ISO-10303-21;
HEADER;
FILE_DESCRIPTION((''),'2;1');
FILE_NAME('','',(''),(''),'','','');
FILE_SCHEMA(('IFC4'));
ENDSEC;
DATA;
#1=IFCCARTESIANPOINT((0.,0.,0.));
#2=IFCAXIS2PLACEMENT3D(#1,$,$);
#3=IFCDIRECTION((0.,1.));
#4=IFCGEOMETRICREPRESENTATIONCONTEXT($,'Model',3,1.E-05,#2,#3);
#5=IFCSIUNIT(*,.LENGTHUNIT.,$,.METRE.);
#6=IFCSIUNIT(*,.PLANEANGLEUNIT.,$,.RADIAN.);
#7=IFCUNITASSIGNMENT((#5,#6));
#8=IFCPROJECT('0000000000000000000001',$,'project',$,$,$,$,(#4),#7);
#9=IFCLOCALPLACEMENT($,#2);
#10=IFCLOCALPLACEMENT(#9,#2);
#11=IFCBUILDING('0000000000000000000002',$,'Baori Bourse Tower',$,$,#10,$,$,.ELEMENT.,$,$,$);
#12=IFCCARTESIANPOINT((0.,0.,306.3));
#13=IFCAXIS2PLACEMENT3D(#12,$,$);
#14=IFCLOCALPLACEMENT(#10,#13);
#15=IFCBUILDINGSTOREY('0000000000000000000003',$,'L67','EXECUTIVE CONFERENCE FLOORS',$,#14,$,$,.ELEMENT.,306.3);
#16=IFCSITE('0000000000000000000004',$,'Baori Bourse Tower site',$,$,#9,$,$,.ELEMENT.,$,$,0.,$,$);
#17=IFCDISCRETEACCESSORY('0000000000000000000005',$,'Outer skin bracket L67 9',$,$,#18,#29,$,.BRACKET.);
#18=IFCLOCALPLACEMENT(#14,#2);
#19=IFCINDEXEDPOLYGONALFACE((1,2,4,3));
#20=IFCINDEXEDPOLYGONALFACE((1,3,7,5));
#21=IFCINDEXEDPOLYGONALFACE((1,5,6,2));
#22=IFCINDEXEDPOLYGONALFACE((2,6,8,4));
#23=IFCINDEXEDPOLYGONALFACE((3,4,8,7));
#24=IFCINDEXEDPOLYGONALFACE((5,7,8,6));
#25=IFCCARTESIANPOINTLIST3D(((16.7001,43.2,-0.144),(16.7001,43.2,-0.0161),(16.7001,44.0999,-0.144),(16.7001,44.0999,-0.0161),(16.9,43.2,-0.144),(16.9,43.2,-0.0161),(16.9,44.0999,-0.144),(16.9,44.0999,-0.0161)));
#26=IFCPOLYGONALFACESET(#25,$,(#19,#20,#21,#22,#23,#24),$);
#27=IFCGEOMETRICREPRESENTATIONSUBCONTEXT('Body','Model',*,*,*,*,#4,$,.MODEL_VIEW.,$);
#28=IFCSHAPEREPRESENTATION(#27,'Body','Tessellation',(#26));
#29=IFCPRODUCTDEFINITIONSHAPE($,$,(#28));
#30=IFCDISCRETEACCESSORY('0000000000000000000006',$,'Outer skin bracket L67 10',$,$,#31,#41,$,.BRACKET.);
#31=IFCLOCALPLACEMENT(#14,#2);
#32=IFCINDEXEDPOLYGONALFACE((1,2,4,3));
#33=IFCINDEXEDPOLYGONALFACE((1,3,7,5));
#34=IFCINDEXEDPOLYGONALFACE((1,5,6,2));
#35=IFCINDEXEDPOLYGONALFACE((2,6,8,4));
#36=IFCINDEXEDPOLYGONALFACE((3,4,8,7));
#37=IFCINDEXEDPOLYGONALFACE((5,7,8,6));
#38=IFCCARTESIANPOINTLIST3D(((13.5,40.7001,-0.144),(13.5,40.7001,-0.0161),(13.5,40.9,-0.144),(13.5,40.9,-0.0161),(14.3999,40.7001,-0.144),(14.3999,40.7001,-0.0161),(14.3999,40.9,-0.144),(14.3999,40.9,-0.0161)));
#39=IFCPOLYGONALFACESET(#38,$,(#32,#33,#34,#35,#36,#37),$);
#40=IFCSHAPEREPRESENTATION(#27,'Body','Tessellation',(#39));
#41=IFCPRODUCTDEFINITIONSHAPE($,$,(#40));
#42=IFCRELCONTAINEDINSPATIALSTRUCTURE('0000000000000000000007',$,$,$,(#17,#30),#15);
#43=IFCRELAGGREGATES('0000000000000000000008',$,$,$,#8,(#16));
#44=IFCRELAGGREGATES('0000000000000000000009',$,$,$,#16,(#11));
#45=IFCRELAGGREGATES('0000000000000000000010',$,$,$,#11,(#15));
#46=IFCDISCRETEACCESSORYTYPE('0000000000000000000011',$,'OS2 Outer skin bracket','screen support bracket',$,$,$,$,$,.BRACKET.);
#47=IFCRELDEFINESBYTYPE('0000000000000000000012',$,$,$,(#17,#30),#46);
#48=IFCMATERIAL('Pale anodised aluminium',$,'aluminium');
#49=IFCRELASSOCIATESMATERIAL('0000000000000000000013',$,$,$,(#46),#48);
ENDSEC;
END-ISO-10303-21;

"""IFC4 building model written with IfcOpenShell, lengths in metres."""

from ifc_helpers import new_model, si_unit, direction, frame, origin, origin_2d, place, context, subcontext, project, spatial, rectangle, extrude, material, type_object, element, save


model = new_model("IFC4")

# Units and contexts
model_context = context("Model", 3, precision=1e-05, world=origin(), true_north=direction((0.0, 1.0)))
body_context = subcontext(model_context, "Body", "Model", "MODEL_VIEW")
ifc_project = project(units=[si_unit("LENGTHUNIT", "METRE"), si_unit("PLANEANGLEUNIT", "RADIAN")], contexts=[model_context])

# Site, building, storey
site_placement = place(None, origin())
site = spatial("IfcSite", under=ifc_project, at=site_placement, Name="Baori Bourse Tower site", CompositionType="ELEMENT", RefElevation=0.0)
building_placement = place(site_placement, origin())
building = spatial("IfcBuilding", under=site, at=building_placement, Name="Baori Bourse Tower", CompositionType="ELEMENT")
storey_placement = place(building_placement, frame((0.0, 0.0, 306.3)))
storey = spatial("IfcBuildingStorey", under=building, at=storey_placement, Name="L67", Description="EXECUTIVE CONFERENCE FLOORS", CompositionType="ELEMENT", Elevation=306.3)

# Discrete accessories
ifc_material_1 = material(Name="Pale anodised aluminium", Category="aluminium")
discrete_accessory_type = type_object("IfcDiscreteAccessoryType", Name="OS2 Outer skin bracket", Description="screen support bracket", PredefinedType="BRACKET", material=ifc_material_1)
for number, where, z_axis, x_axis, name in (
    (1, (16.8, 43.6499, -0.144), (0.0, 0.0, 1.0), (-1.0, 0.0, 0.0), "Outer skin bracket L67 9"),
    (2, (13.95, 40.8, -0.144), (0.0, 0.0, 1.0), (0.0, -1.0, 0.0), "Outer skin bracket L67 10"),
):
    element("IfcDiscreteAccessory", number, at=place(storey_placement, frame(where, z_axis=z_axis, x_axis=x_axis)), inside=storey, type_object=discrete_accessory_type, Name=name, PredefinedType="BRACKET", context=body_context, shape_type="SweptSolid", body=[
        extrude(rectangle(XDim=0.2, YDim=0.8999, at=origin_2d()), origin(), (0.0, 0.0, 1.0), 0.1279),
    ])

save(model, "model.ifc")
